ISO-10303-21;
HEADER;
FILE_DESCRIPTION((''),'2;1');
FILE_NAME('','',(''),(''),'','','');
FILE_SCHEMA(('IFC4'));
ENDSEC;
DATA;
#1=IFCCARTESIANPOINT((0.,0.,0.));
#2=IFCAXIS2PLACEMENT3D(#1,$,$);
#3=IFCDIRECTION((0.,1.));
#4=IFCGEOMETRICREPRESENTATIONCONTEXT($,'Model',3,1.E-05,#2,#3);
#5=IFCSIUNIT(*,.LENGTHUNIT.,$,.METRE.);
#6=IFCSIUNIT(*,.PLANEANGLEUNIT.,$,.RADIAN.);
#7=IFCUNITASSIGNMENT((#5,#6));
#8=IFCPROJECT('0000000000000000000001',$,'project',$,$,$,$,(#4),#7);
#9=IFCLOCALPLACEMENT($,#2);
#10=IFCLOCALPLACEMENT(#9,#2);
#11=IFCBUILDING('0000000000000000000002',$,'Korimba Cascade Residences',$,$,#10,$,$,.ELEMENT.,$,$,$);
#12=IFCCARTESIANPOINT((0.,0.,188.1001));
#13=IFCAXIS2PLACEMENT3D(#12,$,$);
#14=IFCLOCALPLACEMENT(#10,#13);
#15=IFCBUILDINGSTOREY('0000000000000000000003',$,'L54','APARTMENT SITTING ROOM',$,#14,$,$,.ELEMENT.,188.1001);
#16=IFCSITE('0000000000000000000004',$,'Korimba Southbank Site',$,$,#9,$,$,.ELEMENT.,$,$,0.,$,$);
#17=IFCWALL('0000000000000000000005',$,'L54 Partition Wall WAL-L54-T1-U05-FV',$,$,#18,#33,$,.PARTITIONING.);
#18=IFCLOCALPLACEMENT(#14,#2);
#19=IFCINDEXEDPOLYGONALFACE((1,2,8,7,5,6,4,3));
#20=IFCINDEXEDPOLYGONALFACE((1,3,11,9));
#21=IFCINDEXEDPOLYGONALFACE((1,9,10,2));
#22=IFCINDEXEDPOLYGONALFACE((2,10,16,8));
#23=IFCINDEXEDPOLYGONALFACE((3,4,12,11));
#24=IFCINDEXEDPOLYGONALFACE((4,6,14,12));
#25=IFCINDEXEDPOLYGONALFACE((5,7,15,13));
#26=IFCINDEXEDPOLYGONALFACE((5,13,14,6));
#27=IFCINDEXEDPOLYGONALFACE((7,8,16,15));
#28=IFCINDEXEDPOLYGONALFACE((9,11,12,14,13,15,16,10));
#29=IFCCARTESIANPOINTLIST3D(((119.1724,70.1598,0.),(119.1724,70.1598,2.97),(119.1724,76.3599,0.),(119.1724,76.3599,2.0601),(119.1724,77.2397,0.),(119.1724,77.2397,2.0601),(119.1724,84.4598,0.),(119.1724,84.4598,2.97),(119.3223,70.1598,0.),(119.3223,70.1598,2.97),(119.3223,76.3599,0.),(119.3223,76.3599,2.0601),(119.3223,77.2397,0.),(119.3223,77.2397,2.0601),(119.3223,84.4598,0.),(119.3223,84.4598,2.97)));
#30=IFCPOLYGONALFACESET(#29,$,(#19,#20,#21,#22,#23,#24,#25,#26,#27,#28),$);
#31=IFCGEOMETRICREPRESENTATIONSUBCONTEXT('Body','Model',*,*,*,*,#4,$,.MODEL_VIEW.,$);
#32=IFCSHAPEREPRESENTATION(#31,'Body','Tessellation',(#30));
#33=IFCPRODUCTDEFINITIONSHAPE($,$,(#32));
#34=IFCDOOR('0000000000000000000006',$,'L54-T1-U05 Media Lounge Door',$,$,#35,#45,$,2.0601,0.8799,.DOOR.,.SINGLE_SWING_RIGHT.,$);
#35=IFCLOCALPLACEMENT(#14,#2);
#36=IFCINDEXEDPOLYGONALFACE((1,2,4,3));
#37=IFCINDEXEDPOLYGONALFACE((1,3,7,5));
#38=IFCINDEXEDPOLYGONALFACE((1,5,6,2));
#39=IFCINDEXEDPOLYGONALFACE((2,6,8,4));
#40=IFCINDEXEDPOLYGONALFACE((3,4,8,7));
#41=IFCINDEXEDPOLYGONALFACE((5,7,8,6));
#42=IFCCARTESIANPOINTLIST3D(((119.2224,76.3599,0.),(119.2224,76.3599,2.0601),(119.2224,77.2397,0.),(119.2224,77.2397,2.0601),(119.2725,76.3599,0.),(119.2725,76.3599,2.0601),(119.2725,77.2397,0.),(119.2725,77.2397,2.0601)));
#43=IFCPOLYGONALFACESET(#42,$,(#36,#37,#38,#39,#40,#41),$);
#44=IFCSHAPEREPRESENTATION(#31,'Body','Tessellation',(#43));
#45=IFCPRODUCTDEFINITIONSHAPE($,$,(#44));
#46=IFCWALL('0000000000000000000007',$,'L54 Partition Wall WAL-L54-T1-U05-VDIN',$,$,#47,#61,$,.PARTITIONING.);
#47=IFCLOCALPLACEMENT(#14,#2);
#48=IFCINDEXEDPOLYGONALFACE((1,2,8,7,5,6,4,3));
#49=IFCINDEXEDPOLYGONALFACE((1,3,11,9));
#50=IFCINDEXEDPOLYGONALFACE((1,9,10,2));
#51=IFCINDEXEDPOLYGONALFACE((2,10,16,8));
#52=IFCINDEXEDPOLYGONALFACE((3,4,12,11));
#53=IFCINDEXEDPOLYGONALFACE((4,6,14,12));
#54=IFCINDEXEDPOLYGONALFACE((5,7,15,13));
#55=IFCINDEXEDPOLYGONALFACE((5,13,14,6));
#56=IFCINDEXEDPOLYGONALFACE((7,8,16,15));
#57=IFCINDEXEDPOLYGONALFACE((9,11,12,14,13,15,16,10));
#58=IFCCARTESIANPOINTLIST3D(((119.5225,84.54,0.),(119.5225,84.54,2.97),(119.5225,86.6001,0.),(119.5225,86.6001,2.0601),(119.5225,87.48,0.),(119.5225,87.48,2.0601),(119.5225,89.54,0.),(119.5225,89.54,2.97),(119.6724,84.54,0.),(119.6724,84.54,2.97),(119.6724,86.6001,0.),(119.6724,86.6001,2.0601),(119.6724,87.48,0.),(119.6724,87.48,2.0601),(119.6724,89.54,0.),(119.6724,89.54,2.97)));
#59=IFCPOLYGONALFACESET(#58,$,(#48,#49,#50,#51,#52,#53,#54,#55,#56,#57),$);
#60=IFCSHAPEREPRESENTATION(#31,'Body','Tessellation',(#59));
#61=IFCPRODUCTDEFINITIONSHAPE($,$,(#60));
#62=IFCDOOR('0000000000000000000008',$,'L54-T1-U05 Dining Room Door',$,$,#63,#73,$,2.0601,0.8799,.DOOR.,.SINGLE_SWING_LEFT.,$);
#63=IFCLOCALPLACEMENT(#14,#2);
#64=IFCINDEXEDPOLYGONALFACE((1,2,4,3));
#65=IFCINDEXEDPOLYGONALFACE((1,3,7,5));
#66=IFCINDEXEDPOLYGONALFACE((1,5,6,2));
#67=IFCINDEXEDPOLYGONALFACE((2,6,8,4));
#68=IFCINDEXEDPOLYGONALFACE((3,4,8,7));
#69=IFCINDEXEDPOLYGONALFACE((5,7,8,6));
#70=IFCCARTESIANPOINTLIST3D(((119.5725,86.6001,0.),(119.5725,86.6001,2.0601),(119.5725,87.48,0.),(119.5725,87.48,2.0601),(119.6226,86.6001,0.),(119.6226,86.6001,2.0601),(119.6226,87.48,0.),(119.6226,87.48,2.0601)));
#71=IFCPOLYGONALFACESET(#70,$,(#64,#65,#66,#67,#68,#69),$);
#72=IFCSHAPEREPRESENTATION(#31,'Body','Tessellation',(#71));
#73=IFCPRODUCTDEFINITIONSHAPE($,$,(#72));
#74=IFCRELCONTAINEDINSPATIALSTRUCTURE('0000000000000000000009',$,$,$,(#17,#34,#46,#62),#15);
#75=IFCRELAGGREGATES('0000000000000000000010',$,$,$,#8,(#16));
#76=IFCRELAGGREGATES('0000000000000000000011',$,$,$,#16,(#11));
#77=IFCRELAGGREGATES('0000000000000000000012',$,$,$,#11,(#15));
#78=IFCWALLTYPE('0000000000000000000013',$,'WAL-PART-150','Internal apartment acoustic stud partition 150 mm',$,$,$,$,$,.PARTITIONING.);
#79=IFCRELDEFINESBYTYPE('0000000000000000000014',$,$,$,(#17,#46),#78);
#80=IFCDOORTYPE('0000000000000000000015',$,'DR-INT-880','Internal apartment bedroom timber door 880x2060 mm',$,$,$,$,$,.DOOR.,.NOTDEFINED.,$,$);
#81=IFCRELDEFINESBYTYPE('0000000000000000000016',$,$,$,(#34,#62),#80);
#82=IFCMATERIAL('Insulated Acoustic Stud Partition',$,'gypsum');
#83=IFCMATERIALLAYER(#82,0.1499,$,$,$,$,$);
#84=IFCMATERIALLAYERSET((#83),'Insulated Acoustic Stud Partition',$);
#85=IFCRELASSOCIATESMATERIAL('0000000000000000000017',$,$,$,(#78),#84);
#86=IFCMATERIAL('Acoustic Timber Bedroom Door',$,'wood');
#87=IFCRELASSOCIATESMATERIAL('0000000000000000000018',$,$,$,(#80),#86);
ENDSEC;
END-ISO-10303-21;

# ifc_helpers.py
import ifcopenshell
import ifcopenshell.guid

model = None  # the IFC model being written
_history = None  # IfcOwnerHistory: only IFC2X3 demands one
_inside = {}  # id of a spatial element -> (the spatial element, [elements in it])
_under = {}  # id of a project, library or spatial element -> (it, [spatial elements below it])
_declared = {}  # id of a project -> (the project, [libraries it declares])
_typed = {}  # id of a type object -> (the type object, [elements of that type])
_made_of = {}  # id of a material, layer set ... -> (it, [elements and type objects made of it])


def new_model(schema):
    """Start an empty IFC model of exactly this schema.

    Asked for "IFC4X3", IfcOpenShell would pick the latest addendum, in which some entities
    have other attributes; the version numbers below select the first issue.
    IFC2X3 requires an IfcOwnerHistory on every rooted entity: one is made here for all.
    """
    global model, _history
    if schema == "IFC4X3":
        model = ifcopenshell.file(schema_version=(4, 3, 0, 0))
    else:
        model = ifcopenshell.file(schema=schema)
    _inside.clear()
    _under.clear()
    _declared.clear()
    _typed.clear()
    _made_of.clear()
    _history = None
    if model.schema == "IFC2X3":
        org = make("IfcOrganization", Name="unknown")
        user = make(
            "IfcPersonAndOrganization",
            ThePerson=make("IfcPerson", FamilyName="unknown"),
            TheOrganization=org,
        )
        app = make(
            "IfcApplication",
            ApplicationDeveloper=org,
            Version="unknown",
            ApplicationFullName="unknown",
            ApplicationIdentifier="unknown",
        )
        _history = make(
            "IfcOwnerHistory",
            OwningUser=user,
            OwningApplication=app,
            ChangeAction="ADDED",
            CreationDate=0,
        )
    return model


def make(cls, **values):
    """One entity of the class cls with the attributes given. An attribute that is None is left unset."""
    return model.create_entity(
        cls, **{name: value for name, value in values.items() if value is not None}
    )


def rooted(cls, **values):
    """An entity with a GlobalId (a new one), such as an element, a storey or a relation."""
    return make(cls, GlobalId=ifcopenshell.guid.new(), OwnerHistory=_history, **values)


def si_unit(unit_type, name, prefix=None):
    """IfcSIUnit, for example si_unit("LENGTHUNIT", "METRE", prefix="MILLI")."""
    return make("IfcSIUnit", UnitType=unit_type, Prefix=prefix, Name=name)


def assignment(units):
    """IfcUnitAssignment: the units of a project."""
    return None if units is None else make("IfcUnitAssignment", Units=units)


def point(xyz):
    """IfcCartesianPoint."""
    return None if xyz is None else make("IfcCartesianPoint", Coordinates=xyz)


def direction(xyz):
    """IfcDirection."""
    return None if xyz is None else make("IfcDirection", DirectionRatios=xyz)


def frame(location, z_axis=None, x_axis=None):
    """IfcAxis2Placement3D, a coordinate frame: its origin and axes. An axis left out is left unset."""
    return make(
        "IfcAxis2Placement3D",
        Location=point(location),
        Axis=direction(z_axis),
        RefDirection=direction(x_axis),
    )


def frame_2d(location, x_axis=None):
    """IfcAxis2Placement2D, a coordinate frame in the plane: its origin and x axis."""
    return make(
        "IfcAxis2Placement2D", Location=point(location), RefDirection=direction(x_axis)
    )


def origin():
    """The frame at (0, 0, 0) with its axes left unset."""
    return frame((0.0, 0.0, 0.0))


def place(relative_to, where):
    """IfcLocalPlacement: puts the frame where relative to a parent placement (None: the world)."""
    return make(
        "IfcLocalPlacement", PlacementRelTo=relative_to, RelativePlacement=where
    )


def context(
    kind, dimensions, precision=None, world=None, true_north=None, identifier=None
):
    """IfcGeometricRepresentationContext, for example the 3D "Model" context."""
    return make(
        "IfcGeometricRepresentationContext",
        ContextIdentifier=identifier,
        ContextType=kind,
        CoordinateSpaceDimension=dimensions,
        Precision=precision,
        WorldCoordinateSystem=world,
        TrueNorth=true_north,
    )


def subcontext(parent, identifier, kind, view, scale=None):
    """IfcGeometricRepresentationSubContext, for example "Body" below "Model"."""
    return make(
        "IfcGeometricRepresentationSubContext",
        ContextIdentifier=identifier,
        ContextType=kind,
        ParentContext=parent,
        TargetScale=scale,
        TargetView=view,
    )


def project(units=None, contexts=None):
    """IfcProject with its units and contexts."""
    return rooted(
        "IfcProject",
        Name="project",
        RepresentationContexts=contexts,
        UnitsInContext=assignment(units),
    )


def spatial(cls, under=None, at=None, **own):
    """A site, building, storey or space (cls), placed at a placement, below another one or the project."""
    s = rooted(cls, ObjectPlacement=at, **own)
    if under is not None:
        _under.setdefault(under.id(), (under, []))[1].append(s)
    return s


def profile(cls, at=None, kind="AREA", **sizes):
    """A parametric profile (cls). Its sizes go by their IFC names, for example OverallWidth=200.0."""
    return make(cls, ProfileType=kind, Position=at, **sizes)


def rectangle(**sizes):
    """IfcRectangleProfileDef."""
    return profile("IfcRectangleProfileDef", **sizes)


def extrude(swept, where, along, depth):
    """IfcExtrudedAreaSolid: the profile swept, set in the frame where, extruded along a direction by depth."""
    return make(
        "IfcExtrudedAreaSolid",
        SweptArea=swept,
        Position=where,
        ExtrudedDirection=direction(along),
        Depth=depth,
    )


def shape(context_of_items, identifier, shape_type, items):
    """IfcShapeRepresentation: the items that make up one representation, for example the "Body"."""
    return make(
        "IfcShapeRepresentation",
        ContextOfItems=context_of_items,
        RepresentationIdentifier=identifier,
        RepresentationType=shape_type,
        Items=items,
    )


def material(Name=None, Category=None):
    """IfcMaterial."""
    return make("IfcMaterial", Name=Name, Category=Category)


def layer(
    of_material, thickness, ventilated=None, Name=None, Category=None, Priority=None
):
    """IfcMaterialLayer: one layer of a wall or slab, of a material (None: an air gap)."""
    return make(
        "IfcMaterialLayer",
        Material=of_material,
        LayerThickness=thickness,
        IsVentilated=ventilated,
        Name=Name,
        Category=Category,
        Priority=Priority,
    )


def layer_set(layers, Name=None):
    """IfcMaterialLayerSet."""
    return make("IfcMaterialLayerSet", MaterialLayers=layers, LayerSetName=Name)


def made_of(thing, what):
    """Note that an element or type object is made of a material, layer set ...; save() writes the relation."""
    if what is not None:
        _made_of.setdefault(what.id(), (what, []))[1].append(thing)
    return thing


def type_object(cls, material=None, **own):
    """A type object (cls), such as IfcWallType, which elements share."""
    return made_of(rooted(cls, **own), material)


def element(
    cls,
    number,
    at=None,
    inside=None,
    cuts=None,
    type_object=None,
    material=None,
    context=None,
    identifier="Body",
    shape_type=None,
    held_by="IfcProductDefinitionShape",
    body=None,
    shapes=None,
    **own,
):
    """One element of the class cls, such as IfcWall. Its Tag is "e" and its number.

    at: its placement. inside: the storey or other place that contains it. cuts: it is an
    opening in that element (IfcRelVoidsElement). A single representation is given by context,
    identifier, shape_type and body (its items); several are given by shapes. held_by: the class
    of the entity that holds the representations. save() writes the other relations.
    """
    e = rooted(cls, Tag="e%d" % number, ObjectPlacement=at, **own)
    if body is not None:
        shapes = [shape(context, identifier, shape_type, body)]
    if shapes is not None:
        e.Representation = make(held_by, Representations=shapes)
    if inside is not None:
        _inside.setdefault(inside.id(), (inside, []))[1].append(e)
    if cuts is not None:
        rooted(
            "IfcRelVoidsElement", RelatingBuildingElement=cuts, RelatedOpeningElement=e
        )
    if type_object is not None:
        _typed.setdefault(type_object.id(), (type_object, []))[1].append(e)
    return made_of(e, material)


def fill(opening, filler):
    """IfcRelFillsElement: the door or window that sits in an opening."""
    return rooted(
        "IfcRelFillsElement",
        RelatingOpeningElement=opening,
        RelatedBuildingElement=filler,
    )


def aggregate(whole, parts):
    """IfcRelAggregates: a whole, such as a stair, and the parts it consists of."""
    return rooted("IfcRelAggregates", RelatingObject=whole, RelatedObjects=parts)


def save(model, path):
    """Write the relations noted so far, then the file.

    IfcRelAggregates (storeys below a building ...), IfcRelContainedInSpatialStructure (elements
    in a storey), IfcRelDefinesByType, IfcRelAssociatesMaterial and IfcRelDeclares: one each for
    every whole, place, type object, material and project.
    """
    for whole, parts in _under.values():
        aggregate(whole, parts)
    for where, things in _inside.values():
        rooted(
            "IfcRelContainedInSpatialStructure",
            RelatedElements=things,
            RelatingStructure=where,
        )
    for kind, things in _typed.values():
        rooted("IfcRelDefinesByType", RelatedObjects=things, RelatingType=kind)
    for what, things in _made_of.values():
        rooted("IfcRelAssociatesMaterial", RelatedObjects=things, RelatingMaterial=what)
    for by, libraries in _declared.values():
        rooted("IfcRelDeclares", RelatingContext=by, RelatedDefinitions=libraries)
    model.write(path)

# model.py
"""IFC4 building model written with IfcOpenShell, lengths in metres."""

from ifc_helpers import new_model, si_unit, direction, frame, frame_2d, origin, place, context, subcontext, project, spatial, rectangle, extrude, material, layer, layer_set, type_object, element, fill, save


model = new_model("IFC4")

# Units and contexts
model_context = context("Model", 3, precision=1e-05, world=origin(), true_north=direction((0.0, 1.0)))
body_context = subcontext(model_context, "Body", "Model", "MODEL_VIEW")
ifc_project = project(units=[si_unit("LENGTHUNIT", "METRE"), si_unit("PLANEANGLEUNIT", "RADIAN")], contexts=[model_context])

# Site, building, storey
site_placement = place(None, origin())
site = spatial("IfcSite", under=ifc_project, at=site_placement, Name="Korimba Southbank Site", CompositionType="ELEMENT", RefElevation=0.0)
building_placement = place(site_placement, origin())
building = spatial("IfcBuilding", under=site, at=building_placement, Name="Korimba Cascade Residences", CompositionType="ELEMENT")
storey_placement = place(building_placement, frame((0.0, 0.0, 188.1001)))
storey = spatial("IfcBuildingStorey", under=building, at=storey_placement, Name="L54", Description="APARTMENT SITTING ROOM", CompositionType="ELEMENT", Elevation=188.1001)

# Walls, openings, doors
ifc_material_1 = material(Name="Insulated Acoustic Stud Partition", Category="gypsum")
ifc_layer_1 = layer(ifc_material_1, 0.1499)
ifc_layer_set_1 = layer_set([ifc_layer_1], Name="Insulated Acoustic Stud Partition")
wall_type_1 = type_object("IfcWallType", Name="WAL-PART-150", Description="Internal apartment acoustic stud partition 150 mm", PredefinedType="PARTITIONING", material=ifc_layer_set_1)
ifc_material_2 = material(Name="Acoustic Timber Bedroom Door", Category="wood")
door_type_1 = type_object("IfcDoorType", Name="DR-INT-880", Description="Internal apartment bedroom timber door 880x2060 mm", OperationType="NOTDEFINED", PredefinedType="DOOR", material=ifc_material_2)
wall_1_placement = place(storey_placement, frame((119.2473, 70.1599, 0.0), z_axis=(0.0, 0.0, 1.0), x_axis=(0.0, 1.0, 0.0)))
wall_1 = element("IfcWall", 1, at=wall_1_placement, inside=storey, type_object=wall_type_1, Name="L54 Partition Wall WAL-L54-T1-U05-FV", PredefinedType="PARTITIONING", context=body_context, shape_type="SweptSolid", body=[
    extrude(rectangle(XDim=14.3, YDim=0.1499, at=frame_2d((7.1499, 0.0))), origin(), (0.0, 0.0, 1.0), 2.97),
])
opening_1_placement = place(wall_1_placement, frame((6.2, 0.0, 0.0)))
opening_1 = element("IfcOpeningElement", 2, at=opening_1_placement, cuts=wall_1, PredefinedType="OPENING", context=body_context, shape_type="SweptSolid", body=[
    extrude(rectangle(XDim=0.8799, YDim=2.0601, at=frame_2d((0.4399, 1.03))), frame((0.0, 0.085, 0.0), z_axis=(0.0, -1.0, 0.0), x_axis=(1.0, 0.0, 0.0)), (0.0, 0.0, 1.0), 0.1699),
])
door_1_placement = place(opening_1_placement, origin())
door_1 = element("IfcDoor", 3, at=door_1_placement, inside=storey, type_object=door_type_1, Name="L54-T1-U05 Media Lounge Door", OperationType="SINGLE_SWING_RIGHT", OverallHeight=2.0601, OverallWidth=0.8799, PredefinedType="DOOR", context=body_context, shape_type="SweptSolid", body=[
    extrude(rectangle(XDim=0.8799, YDim=2.0601, at=frame_2d((0.4399, 1.03))), frame((0.0, 0.0249, 0.0), z_axis=(0.0, -1.0, 0.0), x_axis=(1.0, 0.0, 0.0)), (0.0, 0.0, 1.0), 0.05),
])
fill(opening_1, door_1)
wall_2_placement = place(storey_placement, frame((119.5974, 84.54, 0.0), z_axis=(0.0, 0.0, 1.0), x_axis=(0.0, 1.0, 0.0)))
wall_2 = element("IfcWall", 4, at=wall_2_placement, inside=storey, type_object=wall_type_1, Name="L54 Partition Wall WAL-L54-T1-U05-VDIN", PredefinedType="PARTITIONING", context=body_context, shape_type="SweptSolid", body=[
    extrude(rectangle(XDim=5.0, YDim=0.1499, at=frame_2d((2.5, 0.0))), origin(), (0.0, 0.0, 1.0), 2.97),
])
opening_2_placement = place(wall_2_placement, frame((2.0601, 0.0, 0.0)))
opening_2 = element("IfcOpeningElement", 5, at=opening_2_placement, cuts=wall_2, PredefinedType="OPENING", context=body_context, shape_type="SweptSolid", body=[
    extrude(rectangle(XDim=0.8799, YDim=2.0601, at=frame_2d((0.4399, 1.03))), frame((0.0, 0.085, 0.0), z_axis=(0.0, -1.0, 0.0), x_axis=(1.0, 0.0, 0.0)), (0.0, 0.0, 1.0), 0.1699),
])
door_2_placement = place(opening_2_placement, origin())
door_2 = element("IfcDoor", 6, at=door_2_placement, inside=storey, type_object=door_type_1, Name="L54-T1-U05 Dining Room Door", OperationType="SINGLE_SWING_LEFT", OverallHeight=2.0601, OverallWidth=0.8799, PredefinedType="DOOR", context=body_context, shape_type="SweptSolid", body=[
    extrude(rectangle(XDim=0.8799, YDim=2.0601, at=frame_2d((0.4399, 1.03))), frame((0.0, 0.0249, 0.0), z_axis=(0.0, -1.0, 0.0), x_axis=(1.0, 0.0, 0.0)), (0.0, 0.0, 1.0), 0.05),
])
fill(opening_2, door_2)

save(model, "model.ifc")
